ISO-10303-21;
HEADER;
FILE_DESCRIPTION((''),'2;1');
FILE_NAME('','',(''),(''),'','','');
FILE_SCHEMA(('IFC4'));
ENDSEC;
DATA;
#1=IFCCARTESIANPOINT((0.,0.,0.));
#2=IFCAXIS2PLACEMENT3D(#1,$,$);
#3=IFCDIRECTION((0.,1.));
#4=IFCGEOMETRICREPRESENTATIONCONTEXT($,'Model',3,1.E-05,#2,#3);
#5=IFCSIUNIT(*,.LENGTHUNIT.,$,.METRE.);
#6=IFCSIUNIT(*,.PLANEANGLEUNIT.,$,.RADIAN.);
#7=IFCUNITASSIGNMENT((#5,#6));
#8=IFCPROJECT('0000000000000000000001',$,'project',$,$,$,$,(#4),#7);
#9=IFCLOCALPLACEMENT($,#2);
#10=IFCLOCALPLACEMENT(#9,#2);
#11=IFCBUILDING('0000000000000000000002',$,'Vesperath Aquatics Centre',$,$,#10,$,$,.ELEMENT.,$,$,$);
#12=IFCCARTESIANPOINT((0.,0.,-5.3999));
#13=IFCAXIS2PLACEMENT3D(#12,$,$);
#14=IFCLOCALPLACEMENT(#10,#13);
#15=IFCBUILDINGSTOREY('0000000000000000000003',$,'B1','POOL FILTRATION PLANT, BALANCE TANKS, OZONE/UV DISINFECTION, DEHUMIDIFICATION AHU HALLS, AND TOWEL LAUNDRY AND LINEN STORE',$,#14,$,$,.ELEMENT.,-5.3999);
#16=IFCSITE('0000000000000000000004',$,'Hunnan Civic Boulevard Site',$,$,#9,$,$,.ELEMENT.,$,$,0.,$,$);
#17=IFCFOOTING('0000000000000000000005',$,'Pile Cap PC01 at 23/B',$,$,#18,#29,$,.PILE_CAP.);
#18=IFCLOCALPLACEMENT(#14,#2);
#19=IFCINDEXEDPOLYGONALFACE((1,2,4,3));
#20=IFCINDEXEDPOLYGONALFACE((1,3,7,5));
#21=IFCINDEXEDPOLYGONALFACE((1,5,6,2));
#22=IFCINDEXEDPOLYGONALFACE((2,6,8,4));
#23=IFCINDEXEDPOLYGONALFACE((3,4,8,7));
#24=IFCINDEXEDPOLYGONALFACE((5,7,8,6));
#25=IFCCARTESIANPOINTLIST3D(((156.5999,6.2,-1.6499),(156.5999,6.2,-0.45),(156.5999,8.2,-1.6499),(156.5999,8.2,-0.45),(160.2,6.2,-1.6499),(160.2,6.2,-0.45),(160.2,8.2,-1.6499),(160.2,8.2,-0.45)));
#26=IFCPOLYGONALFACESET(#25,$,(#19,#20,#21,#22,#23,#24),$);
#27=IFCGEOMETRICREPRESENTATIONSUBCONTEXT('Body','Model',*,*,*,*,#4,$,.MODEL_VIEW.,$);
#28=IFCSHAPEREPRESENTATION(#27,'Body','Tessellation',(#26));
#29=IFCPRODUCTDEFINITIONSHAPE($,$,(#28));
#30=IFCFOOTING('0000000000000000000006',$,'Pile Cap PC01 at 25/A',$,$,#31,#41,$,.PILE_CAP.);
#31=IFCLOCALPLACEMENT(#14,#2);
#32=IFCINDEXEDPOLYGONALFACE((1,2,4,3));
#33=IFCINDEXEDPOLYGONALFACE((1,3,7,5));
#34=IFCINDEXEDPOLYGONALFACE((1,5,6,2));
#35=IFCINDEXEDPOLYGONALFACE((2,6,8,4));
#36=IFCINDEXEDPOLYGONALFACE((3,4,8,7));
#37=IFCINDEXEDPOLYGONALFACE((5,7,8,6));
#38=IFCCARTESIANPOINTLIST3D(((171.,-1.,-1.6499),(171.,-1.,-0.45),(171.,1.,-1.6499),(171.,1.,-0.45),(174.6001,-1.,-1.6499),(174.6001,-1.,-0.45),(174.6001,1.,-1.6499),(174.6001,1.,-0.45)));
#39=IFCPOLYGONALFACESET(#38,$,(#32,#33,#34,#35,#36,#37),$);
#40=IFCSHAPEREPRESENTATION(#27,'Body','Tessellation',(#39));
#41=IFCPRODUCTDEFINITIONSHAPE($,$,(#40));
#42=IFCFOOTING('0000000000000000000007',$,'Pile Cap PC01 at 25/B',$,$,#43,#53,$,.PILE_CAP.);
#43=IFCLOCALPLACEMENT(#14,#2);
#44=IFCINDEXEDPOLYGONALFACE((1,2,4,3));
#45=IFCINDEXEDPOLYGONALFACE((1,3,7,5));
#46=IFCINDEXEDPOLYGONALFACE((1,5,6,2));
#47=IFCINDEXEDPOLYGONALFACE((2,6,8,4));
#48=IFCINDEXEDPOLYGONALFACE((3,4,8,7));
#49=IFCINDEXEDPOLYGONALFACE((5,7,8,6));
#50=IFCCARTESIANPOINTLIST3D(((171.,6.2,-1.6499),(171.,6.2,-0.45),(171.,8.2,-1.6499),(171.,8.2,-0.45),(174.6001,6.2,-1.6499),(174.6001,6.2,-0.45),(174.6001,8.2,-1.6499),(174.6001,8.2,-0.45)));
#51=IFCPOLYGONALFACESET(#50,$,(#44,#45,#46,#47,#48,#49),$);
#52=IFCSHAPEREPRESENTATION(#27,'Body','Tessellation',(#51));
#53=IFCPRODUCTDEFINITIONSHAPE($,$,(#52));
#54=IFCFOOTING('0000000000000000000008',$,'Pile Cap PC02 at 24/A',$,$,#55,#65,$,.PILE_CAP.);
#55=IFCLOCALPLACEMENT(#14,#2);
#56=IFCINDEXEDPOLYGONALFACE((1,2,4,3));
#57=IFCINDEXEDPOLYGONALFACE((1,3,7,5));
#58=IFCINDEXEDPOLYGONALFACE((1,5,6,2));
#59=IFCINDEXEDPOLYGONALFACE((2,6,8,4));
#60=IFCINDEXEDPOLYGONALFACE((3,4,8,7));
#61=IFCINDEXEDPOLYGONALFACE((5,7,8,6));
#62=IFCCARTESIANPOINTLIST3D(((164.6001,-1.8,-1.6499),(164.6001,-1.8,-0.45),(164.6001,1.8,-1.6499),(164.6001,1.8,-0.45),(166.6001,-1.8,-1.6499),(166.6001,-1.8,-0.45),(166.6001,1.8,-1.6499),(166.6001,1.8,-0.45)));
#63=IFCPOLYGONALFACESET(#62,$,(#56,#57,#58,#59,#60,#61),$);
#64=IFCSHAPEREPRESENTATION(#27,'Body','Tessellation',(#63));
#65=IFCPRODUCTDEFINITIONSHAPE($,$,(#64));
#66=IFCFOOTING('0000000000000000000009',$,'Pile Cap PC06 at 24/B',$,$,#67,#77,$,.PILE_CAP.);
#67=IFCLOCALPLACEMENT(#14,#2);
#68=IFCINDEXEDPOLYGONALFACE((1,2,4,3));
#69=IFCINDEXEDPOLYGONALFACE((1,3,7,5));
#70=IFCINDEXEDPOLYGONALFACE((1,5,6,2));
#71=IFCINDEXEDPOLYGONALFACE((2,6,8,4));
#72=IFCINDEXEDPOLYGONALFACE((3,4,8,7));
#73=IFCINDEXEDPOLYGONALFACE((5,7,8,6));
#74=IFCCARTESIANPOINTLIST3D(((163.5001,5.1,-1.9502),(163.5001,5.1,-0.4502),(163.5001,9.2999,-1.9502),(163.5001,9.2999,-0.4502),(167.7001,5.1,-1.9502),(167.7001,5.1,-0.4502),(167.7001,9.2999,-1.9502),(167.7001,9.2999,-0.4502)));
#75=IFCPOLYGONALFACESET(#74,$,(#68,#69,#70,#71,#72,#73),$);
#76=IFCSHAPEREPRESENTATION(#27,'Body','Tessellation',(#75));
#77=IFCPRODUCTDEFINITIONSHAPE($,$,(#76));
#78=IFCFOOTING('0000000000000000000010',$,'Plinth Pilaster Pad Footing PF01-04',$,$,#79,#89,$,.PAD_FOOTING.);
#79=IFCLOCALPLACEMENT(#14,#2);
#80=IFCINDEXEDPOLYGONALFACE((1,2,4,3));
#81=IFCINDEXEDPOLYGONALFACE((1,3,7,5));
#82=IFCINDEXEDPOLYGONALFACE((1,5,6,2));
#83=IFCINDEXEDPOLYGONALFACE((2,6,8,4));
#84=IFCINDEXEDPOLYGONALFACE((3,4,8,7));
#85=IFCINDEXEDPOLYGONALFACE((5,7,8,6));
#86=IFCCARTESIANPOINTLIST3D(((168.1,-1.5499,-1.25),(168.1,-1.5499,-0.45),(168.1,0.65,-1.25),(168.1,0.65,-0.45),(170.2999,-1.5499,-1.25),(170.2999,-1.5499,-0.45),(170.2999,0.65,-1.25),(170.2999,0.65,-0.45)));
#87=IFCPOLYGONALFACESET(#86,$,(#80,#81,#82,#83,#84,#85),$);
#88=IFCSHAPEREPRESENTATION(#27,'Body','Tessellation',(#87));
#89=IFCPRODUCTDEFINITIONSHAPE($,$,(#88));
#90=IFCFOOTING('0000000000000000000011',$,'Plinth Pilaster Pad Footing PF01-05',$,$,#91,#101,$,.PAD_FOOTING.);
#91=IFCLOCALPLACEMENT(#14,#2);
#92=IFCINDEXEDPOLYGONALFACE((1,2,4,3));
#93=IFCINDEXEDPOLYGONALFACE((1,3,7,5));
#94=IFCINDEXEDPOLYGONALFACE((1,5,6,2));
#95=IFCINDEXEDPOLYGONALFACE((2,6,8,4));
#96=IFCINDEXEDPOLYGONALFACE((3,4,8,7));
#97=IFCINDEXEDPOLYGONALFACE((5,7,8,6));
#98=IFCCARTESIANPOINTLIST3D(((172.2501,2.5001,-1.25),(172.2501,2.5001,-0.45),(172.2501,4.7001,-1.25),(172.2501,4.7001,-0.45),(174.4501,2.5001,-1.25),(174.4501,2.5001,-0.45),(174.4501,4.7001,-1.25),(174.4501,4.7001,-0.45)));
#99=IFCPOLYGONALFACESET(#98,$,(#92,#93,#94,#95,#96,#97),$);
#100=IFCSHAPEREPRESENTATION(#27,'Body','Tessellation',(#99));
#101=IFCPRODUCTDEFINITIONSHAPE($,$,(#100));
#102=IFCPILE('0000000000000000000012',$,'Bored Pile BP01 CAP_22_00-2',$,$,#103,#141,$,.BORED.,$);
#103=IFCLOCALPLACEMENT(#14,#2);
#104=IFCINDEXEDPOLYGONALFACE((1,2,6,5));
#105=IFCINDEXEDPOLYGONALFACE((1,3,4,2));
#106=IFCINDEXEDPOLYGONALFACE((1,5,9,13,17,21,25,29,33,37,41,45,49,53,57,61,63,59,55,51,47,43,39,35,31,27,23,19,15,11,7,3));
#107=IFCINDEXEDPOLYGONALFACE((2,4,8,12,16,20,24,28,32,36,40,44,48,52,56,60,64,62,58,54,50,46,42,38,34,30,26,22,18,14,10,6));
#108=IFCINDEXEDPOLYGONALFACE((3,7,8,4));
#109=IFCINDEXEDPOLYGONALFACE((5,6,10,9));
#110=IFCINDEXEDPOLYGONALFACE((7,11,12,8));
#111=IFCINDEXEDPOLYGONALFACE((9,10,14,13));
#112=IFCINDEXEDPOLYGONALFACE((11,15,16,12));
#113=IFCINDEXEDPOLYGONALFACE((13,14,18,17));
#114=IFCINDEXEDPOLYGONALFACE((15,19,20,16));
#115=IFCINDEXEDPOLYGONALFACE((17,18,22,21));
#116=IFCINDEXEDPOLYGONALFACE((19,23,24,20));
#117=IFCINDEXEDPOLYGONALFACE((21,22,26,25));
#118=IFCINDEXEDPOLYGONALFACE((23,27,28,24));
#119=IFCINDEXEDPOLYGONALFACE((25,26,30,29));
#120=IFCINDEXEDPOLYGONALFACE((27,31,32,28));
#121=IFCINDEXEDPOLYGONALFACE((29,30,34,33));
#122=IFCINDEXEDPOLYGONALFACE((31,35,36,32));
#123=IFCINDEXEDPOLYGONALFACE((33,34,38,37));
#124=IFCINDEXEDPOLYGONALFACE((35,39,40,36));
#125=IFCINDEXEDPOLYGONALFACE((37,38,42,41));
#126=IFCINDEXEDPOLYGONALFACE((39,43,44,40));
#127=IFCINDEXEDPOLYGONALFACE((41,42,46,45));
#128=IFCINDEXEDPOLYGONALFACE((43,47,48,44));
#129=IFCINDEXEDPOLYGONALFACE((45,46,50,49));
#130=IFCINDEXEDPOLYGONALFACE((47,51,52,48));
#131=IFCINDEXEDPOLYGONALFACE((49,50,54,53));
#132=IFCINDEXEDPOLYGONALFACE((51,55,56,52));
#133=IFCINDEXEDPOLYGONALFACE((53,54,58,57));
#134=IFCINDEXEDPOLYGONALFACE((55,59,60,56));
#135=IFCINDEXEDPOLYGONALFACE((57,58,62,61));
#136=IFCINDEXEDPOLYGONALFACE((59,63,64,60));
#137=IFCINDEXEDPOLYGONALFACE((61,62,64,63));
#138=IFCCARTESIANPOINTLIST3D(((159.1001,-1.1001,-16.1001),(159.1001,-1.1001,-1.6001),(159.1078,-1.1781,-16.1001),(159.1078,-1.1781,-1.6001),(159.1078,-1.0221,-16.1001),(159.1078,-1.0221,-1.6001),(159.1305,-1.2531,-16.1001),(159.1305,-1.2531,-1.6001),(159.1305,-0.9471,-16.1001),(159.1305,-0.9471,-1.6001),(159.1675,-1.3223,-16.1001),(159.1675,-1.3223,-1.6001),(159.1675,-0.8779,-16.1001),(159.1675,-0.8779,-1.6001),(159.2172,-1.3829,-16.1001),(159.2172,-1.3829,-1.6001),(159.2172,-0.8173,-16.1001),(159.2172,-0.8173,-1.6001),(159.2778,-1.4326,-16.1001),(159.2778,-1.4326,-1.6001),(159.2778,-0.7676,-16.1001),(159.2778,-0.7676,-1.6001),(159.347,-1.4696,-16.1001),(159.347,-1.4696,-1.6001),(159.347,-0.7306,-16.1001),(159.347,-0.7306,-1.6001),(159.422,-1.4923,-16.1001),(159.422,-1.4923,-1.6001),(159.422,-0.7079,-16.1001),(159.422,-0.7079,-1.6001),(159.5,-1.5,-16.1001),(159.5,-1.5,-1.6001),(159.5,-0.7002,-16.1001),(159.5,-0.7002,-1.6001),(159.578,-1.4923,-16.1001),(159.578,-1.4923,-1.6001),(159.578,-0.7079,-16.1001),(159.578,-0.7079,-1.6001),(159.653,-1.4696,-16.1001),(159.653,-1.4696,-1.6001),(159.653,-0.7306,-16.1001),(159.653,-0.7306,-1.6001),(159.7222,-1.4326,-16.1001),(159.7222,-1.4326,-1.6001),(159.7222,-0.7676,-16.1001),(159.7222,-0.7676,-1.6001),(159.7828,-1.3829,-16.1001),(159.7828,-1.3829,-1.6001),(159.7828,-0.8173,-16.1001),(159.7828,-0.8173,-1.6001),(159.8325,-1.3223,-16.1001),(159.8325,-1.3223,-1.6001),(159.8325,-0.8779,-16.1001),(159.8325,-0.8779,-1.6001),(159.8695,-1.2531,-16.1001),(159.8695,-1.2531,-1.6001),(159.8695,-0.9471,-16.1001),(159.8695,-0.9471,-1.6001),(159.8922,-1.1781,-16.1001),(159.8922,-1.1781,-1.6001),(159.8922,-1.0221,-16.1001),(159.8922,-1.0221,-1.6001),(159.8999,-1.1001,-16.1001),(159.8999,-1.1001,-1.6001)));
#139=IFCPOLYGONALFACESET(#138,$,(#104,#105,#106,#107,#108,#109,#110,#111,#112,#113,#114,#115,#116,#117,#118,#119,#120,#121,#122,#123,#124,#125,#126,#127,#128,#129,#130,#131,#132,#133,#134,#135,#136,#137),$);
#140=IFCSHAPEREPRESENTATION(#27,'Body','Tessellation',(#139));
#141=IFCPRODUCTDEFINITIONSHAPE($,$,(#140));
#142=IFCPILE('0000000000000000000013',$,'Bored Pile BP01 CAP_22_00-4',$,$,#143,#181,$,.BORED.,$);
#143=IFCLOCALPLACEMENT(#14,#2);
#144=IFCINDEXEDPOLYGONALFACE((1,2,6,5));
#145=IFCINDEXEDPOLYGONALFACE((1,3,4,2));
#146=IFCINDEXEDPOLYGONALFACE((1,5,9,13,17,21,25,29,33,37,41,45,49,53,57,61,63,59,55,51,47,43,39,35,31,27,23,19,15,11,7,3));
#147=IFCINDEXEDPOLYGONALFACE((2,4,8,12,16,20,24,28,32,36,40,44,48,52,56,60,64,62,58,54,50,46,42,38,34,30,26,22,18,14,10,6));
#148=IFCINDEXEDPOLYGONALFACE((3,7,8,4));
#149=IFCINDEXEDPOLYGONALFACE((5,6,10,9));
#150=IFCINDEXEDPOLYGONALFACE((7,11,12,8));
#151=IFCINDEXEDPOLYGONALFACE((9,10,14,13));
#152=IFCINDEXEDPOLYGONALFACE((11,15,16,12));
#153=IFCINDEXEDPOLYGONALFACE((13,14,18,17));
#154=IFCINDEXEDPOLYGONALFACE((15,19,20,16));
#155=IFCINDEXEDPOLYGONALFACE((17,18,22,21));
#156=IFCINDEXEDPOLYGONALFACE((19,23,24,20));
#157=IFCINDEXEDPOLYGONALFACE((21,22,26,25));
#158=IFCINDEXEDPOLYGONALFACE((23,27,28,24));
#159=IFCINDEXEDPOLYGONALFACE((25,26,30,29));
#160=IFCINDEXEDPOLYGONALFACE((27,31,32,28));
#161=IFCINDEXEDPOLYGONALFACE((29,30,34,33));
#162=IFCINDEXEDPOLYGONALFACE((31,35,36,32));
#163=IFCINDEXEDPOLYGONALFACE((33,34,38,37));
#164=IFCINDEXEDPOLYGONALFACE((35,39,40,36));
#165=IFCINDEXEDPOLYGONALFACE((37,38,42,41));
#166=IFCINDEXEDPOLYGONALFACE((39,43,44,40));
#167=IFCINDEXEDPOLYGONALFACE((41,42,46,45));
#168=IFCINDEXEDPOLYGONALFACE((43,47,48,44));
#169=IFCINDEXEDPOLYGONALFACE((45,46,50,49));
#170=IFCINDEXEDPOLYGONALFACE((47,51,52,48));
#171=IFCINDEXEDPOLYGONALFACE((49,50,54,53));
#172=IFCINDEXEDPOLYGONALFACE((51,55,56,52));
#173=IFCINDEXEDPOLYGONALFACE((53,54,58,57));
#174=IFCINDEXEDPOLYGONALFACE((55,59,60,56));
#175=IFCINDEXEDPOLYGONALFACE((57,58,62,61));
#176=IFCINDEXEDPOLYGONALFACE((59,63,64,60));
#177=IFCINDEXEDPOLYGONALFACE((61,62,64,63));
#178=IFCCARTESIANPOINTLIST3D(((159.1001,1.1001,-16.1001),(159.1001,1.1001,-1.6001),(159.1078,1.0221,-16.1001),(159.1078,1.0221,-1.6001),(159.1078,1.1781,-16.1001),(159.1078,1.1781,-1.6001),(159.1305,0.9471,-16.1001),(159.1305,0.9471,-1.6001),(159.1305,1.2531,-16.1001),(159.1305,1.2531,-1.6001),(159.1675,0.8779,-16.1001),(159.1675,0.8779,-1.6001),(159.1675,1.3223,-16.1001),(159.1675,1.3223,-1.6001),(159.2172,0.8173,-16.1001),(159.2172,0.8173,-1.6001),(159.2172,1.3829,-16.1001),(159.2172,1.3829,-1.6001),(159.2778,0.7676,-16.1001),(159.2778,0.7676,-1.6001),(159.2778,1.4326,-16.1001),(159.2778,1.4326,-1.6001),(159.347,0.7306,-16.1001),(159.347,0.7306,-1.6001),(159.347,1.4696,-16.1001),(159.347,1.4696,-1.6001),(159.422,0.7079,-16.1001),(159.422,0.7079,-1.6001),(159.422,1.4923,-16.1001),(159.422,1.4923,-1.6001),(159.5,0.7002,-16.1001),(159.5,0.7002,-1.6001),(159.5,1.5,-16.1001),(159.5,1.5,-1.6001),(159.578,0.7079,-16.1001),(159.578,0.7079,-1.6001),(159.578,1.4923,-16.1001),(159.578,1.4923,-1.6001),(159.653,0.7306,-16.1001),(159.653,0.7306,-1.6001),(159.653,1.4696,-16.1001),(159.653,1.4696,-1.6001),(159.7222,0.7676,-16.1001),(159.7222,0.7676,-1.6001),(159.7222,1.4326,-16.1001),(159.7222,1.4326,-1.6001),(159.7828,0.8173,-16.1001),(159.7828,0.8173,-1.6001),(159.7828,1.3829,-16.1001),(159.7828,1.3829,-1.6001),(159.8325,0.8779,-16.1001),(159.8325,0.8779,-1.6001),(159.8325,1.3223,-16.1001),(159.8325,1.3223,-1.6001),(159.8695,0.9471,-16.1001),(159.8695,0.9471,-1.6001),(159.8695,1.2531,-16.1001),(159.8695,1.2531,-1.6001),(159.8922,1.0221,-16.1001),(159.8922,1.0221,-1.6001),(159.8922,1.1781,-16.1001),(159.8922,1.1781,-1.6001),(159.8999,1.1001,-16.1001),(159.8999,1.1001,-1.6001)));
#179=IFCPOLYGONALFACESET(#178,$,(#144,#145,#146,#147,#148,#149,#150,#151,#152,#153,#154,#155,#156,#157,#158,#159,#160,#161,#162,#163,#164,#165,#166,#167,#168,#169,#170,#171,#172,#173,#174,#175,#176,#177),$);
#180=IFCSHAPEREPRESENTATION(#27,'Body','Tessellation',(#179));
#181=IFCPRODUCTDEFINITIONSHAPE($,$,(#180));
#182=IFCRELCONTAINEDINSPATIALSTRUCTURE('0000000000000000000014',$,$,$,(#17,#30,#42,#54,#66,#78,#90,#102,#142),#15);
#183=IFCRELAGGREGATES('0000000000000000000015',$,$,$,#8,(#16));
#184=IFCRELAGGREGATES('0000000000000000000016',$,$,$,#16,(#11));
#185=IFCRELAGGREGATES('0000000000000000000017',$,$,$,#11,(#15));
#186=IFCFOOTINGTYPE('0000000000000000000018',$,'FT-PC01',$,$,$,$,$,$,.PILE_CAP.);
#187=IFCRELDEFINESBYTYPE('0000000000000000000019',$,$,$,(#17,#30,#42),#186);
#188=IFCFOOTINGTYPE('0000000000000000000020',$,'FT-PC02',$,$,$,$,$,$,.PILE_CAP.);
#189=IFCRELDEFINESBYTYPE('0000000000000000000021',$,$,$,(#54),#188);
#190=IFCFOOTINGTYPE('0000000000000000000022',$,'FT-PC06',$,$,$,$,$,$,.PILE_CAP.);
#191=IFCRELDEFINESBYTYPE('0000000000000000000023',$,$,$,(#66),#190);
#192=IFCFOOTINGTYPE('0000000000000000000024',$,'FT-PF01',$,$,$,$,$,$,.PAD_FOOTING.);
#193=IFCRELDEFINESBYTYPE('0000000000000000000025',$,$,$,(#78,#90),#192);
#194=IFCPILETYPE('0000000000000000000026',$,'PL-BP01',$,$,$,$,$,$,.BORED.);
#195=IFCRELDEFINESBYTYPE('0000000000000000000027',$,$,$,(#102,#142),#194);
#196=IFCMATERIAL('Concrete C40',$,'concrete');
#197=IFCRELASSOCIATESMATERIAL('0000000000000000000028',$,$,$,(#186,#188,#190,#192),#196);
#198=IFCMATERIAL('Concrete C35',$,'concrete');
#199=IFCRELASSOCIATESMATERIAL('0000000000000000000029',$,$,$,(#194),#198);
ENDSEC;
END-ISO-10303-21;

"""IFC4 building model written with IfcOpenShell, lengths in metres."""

from ifc_helpers import new_model, si_unit, direction, frame, origin, origin_2d, place, context, subcontext, project, spatial, rectangle, circle, extrude, material, material_profile, profile_set, type_object, element, save


model = new_model("IFC4")

# Units and contexts
model_context = context("Model", 3, precision=1e-05, world=origin(), true_north=direction((0.0, 1.0)))
body_context = subcontext(model_context, "Body", "Model", "MODEL_VIEW")
ifc_project = project(units=[si_unit("LENGTHUNIT", "METRE"), si_unit("PLANEANGLEUNIT", "RADIAN")], contexts=[model_context])

# Site, building, storey
site_placement = place(None, origin())
site = spatial("IfcSite", under=ifc_project, at=site_placement, Name="Hunnan Civic Boulevard Site", CompositionType="ELEMENT", RefElevation=0.0)
building_placement = place(site_placement, origin())
building = spatial("IfcBuilding", under=site, at=building_placement, Name="Vesperath Aquatics Centre", CompositionType="ELEMENT")
storey_placement = place(building_placement, frame((0.0, 0.0, -5.3999)))
storey = spatial("IfcBuildingStorey", under=building, at=storey_placement, Name="B1", Description="POOL FILTRATION PLANT, BALANCE TANKS, OZONE/UV DISINFECTION, DEHUMIDIFICATION AHU HALLS, AND TOWEL LAUNDRY AND LINEN STORE", CompositionType="ELEMENT", Elevation=-5.3999)

# Footings
ifc_material_1 = material(Name="Concrete C40", Category="concrete")
footing_type_1 = type_object("IfcFootingType", Name="FT-PC01", PredefinedType="PILE_CAP", material=ifc_material_1)
for number, where, z_axis, x_axis, name in (
    (1, (158.3999, 7.2, -1.6499), (0.0, 0.0, 1.0), (1.0, 0.0, 0.0), "Pile Cap PC01 at 23/B"),
    (2, (172.8, 0.0, -1.6499), (0.0, 0.0, 1.0), (1.0, 0.0, 0.0), "Pile Cap PC01 at 25/A"),
    (3, (172.8, 7.2, -1.6499), (0.0, 0.0, 1.0), (1.0, 0.0, 0.0), "Pile Cap PC01 at 25/B"),
):
    element("IfcFooting", number, at=place(storey_placement, frame(where, z_axis=z_axis, x_axis=x_axis)), inside=storey, type_object=footing_type_1, Name=name, PredefinedType="PILE_CAP", context=body_context, shape_type="SweptSolid", body=[
        extrude(rectangle(XDim=3.6001, YDim=2.0, at=origin_2d()), origin(), (0.0, 0.0, 1.0), 1.2),
    ])
footing_type_2 = type_object("IfcFootingType", Name="FT-PC02", PredefinedType="PILE_CAP", material=ifc_material_1)
footing_1_placement = place(storey_placement, frame((165.6001, 0.0, -1.6499), z_axis=(0.0, 0.0, 1.0), x_axis=(1.0, 0.0, 0.0)))
element("IfcFooting", 4, at=footing_1_placement, inside=storey, type_object=footing_type_2, Name="Pile Cap PC02 at 24/A", PredefinedType="PILE_CAP", context=body_context, shape_type="SweptSolid", body=[
    extrude(rectangle(XDim=2.0, YDim=3.6001, at=origin_2d()), origin(), (0.0, 0.0, 1.0), 1.2),
])
footing_type_3 = type_object("IfcFootingType", Name="FT-PC06", PredefinedType="PILE_CAP", material=ifc_material_1)
footing_2_placement = place(storey_placement, frame((165.6001, 7.2, -1.9502), z_axis=(0.0, 0.0, 1.0), x_axis=(1.0, 0.0, 0.0)))
element("IfcFooting", 5, at=footing_2_placement, inside=storey, type_object=footing_type_3, Name="Pile Cap PC06 at 24/B", PredefinedType="PILE_CAP", context=body_context, shape_type="SweptSolid", body=[
    extrude(rectangle(XDim=4.2, YDim=4.2, at=origin_2d()), origin(), (0.0, 0.0, 1.0), 1.5),
])
footing_type_4 = type_object("IfcFootingType", Name="FT-PF01", PredefinedType="PAD_FOOTING", material=ifc_material_1)
for number, where, z_axis, x_axis, name in (
    (6, (169.2, -0.45, -1.25), (0.0, 0.0, 1.0), (1.0, 0.0, 0.0), "Plinth Pilaster Pad Footing PF01-04"),
    (7, (173.3501, 3.6001, -1.25), (0.0, 0.0, 1.0), (1.0, 0.0, 0.0), "Plinth Pilaster Pad Footing PF01-05"),
):
    element("IfcFooting", number, at=place(storey_placement, frame(where, z_axis=z_axis, x_axis=x_axis)), inside=storey, type_object=footing_type_4, Name=name, PredefinedType="PAD_FOOTING", context=body_context, shape_type="SweptSolid", body=[
        extrude(rectangle(XDim=2.2, YDim=2.2, at=origin_2d()), origin(), (0.0, 0.0, 1.0), 0.8),
    ])

# Piles
ifc_material_2 = material(Name="Concrete C35", Category="concrete")
ifc_material_profile_1 = material_profile(ifc_material_2, circle(Radius=0.3999, at=origin_2d()), Name="PILE D800")
ifc_profile_set_1 = profile_set([ifc_material_profile_1], Name="Concrete C35")
pile_type = type_object("IfcPileType", Name="PL-BP01", PredefinedType="BORED", material=ifc_profile_set_1)
for number, where, z_axis, x_axis, name in (
    (8, (159.5, -1.1001, -1.6001), (0.0, 0.0, -1.0), (1.0, 0.0, 0.0), "Bored Pile BP01 CAP_22_00-2"),
    (9, (159.5, 1.1001, -1.6001), (0.0, 0.0, -1.0), (1.0, 0.0, 0.0), "Bored Pile BP01 CAP_22_00-4"),
):
    element("IfcPile", number, at=place(storey_placement, frame(where, z_axis=z_axis, x_axis=x_axis)), inside=storey, type_object=pile_type, Name=name, PredefinedType="BORED", context=body_context, shape_type="SweptSolid", body=[
        extrude(circle(Radius=0.3999, at=origin_2d()), origin(), (0.0, 0.0, 1.0), 14.5),
    ])

save(model, "model.ifc")
